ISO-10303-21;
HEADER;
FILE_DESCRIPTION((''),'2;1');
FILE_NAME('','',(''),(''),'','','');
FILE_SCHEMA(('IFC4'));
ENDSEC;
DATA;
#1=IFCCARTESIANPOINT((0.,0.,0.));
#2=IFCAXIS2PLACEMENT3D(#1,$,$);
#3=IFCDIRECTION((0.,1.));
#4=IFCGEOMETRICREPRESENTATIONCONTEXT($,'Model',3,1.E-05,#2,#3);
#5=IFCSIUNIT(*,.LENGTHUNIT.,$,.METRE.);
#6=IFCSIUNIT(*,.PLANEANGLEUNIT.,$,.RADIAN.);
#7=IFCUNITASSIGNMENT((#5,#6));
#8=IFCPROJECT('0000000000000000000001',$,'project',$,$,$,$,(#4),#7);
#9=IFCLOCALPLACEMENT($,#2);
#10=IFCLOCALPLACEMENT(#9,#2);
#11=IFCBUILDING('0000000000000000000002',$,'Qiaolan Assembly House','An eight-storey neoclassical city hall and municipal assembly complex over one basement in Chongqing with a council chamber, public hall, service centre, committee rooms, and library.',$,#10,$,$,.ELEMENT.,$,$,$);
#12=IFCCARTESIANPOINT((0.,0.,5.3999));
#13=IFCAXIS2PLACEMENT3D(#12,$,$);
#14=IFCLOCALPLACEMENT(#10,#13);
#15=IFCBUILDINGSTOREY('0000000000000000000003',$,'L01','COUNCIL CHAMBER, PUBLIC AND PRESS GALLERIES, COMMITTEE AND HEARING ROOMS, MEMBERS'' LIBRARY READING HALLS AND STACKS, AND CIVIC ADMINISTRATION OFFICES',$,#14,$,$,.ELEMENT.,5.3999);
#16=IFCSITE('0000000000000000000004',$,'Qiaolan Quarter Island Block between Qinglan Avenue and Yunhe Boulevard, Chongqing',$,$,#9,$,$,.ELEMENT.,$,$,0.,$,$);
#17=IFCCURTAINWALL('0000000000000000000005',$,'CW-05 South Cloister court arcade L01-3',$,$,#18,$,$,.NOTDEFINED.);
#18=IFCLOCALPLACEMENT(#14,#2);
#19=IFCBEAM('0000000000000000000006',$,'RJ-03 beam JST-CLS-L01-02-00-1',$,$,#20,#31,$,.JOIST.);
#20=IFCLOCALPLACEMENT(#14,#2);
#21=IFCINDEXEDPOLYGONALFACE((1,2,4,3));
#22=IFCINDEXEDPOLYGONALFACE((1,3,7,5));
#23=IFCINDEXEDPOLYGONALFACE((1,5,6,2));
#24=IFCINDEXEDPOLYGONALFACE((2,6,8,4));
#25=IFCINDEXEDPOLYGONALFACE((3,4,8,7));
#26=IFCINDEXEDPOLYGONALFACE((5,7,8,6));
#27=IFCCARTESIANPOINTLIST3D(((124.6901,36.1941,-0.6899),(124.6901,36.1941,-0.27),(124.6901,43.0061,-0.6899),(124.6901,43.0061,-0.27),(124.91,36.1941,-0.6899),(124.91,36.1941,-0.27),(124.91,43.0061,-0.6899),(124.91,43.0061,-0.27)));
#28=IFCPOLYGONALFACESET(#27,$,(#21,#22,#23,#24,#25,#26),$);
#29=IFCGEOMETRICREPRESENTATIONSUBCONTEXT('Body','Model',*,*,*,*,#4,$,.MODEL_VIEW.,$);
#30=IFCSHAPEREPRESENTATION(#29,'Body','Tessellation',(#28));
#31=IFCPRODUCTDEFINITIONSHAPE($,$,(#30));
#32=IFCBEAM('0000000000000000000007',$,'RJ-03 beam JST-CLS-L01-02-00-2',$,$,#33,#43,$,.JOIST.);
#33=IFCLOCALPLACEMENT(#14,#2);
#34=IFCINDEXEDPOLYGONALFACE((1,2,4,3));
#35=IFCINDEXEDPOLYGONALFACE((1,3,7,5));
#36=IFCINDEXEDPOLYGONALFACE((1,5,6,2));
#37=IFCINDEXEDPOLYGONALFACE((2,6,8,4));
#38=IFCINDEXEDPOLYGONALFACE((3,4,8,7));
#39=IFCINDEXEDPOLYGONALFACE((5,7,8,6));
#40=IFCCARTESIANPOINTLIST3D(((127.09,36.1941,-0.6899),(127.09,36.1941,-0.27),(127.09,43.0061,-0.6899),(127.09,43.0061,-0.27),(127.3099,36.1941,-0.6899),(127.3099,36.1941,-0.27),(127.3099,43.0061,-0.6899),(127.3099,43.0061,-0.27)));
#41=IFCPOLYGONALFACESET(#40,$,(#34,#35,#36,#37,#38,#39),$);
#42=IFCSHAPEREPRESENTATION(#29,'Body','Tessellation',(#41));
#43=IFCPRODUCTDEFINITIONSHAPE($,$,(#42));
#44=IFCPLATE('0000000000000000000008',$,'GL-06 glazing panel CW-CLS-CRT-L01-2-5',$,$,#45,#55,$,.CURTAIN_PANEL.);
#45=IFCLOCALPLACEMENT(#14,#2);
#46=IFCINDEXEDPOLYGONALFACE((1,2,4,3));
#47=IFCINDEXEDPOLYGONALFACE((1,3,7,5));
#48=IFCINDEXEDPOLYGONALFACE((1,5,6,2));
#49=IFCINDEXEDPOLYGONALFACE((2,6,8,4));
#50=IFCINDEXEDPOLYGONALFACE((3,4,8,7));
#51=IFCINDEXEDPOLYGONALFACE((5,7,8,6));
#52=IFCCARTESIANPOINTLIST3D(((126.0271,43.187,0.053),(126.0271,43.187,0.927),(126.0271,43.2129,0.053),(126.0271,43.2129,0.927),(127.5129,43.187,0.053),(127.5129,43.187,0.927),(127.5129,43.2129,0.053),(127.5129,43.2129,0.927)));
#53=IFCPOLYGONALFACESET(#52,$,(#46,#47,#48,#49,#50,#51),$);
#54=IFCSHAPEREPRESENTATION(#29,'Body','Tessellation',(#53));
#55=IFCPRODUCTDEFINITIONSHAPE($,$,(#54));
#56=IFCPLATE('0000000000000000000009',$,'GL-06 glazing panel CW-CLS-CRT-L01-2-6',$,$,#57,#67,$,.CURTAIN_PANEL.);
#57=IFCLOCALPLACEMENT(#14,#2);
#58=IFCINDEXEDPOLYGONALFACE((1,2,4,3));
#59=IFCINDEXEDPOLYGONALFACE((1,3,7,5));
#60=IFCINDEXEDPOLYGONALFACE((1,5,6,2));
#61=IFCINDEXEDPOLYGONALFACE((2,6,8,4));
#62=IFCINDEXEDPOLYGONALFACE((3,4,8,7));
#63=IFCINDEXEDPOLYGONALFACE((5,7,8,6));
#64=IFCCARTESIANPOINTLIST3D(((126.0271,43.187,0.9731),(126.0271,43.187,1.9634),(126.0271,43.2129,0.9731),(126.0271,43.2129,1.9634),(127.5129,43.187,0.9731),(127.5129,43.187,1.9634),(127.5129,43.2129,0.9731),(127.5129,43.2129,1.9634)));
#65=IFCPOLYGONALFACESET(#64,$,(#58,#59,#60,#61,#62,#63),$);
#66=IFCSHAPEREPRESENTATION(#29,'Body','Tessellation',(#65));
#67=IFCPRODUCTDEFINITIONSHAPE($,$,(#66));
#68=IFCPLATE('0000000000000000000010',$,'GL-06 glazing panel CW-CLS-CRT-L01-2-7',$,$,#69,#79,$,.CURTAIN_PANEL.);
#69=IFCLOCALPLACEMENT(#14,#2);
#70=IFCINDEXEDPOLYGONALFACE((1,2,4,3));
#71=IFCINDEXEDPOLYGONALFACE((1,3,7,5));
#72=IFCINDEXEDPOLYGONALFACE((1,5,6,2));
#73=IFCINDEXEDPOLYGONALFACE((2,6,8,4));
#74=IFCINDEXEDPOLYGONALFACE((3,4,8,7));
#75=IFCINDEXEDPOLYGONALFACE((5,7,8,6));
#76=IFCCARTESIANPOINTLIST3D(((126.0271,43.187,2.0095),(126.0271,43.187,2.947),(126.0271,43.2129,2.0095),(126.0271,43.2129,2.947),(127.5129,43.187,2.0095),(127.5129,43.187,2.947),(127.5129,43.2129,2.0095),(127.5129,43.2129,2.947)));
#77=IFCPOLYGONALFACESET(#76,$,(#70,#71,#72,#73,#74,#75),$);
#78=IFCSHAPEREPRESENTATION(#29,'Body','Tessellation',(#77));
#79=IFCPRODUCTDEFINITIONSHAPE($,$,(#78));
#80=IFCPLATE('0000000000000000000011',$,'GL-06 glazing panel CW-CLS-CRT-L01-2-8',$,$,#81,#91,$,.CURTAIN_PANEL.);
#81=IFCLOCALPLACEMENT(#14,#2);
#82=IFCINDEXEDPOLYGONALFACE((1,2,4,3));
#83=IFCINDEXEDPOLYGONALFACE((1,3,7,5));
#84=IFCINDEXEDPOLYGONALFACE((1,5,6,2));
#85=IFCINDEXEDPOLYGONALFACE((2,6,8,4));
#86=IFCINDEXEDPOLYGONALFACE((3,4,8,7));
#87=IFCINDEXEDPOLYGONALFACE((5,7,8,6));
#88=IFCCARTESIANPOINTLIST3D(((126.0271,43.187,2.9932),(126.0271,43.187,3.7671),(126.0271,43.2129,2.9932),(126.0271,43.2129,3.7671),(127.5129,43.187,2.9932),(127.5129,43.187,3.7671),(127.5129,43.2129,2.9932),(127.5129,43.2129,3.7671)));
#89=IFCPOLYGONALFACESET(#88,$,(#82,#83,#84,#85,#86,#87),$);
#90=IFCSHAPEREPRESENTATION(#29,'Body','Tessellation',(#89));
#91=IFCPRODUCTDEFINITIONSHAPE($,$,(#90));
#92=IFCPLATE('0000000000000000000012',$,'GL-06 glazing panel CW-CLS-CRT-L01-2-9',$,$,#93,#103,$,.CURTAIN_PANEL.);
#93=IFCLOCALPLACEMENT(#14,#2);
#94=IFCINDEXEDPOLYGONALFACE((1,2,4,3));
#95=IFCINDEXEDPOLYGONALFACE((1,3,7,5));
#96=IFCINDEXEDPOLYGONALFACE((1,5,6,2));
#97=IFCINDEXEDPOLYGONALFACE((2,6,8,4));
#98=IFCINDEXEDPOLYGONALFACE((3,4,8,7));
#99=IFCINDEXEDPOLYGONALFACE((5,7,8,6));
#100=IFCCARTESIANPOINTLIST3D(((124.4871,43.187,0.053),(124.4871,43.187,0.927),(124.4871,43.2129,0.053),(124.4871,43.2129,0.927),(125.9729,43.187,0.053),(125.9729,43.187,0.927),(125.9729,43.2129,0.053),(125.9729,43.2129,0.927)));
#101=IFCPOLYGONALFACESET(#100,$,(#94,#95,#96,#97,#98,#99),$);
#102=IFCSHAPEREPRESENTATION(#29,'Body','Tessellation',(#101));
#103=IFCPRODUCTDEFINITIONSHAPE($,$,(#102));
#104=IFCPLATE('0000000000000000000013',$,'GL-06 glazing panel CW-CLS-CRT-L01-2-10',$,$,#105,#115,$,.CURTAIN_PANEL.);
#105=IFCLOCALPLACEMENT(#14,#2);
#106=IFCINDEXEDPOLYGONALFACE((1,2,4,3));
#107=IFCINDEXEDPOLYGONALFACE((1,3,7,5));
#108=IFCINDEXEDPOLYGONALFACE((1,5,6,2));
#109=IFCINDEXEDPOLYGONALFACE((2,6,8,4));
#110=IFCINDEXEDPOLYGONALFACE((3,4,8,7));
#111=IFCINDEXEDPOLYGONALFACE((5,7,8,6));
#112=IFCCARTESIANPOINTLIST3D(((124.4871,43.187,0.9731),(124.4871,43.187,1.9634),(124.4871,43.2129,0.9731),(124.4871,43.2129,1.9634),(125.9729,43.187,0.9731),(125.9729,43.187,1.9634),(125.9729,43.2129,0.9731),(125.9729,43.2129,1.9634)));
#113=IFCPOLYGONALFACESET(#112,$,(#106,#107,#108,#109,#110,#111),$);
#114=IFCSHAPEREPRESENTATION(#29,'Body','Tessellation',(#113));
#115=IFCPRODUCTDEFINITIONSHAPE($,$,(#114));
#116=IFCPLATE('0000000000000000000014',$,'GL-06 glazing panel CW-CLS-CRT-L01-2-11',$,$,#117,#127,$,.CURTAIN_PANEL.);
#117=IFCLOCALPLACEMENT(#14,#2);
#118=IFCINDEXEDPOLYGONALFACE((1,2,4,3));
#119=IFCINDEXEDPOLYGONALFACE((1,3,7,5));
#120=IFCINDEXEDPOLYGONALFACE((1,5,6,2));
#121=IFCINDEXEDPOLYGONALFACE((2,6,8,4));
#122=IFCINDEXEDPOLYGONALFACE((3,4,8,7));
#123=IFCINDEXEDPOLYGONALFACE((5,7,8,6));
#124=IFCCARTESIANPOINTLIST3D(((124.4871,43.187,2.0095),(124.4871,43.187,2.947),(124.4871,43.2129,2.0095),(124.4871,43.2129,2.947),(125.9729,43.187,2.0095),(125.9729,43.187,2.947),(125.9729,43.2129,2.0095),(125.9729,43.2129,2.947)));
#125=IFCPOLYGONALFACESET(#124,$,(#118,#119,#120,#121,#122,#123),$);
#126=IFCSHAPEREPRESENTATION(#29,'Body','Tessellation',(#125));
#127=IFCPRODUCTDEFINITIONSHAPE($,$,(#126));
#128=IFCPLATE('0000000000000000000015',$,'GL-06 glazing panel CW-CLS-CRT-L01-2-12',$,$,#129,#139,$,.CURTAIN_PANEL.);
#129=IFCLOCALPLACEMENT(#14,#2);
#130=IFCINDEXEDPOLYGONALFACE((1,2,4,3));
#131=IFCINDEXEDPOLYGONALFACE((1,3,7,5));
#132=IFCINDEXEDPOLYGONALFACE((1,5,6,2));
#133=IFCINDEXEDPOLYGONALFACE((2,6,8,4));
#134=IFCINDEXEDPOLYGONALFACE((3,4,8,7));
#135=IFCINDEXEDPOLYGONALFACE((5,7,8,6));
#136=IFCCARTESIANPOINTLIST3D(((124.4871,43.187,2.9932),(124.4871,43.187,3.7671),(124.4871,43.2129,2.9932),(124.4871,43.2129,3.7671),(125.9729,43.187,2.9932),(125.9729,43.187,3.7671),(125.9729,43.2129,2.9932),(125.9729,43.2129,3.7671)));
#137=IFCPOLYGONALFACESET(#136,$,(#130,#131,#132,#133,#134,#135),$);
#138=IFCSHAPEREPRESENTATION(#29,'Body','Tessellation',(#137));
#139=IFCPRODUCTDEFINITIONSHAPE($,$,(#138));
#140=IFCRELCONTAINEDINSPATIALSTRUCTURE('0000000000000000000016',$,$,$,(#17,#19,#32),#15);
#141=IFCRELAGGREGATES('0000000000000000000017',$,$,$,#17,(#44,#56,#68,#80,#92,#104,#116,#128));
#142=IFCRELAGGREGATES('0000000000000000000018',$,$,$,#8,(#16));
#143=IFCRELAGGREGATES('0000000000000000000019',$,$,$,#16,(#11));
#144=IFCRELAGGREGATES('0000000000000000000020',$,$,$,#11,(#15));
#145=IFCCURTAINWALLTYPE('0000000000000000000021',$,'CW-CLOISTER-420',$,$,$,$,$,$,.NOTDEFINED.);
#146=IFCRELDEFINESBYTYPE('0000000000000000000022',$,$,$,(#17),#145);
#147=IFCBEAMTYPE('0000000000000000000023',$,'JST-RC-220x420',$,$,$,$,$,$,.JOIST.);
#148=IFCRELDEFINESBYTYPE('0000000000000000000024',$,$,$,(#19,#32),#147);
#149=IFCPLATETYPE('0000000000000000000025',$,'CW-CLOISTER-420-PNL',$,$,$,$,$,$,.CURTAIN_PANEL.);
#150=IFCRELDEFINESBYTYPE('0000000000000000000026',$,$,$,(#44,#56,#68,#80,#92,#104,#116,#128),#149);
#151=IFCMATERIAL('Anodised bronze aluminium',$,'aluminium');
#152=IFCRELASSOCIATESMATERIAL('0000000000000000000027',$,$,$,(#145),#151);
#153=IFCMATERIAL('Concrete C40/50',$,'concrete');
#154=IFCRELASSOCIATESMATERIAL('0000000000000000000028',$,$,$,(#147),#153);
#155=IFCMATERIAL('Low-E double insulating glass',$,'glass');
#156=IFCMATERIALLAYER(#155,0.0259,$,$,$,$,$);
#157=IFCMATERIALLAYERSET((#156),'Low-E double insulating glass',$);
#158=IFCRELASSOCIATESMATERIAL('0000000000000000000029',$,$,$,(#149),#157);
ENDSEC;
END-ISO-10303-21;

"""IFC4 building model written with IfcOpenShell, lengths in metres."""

from ifc_helpers import new_model, si_unit, direction, frame, frame_2d, origin, origin_2d, place, context, subcontext, project, spatial, rectangle, extrude, material, layer, layer_set, material_profile, profile_set, type_object, element, aggregate, save


model = new_model("IFC4")

# Units and contexts
model_context = context("Model", 3, precision=1e-05, world=origin(), true_north=direction((0.0, 1.0)))
body_context = subcontext(model_context, "Body", "Model", "MODEL_VIEW")
ifc_project = project(units=[si_unit("LENGTHUNIT", "METRE"), si_unit("PLANEANGLEUNIT", "RADIAN")], contexts=[model_context])

# Site, building, storey
site_placement = place(None, origin())
site = spatial("IfcSite", under=ifc_project, at=site_placement, Name="Qiaolan Quarter Island Block between Qinglan Avenue and Yunhe Boulevard, Chongqing", CompositionType="ELEMENT", RefElevation=0.0)
building_placement = place(site_placement, origin())
building = spatial("IfcBuilding", under=site, at=building_placement, Name="Qiaolan Assembly House", Description="An eight-storey neoclassical city hall and municipal assembly complex over one basement in Chongqing with a council chamber, public hall, service centre, committee rooms, and library.", CompositionType="ELEMENT")
storey_placement = place(building_placement, frame((0.0, 0.0, 5.3999)))
storey = spatial("IfcBuildingStorey", under=building, at=storey_placement, Name="L01", Description="COUNCIL CHAMBER, PUBLIC AND PRESS GALLERIES, COMMITTEE AND HEARING ROOMS, MEMBERS' LIBRARY READING HALLS AND STACKS, AND CIVIC ADMINISTRATION OFFICES", CompositionType="ELEMENT", Elevation=5.3999)

# Curtain wall
ifc_material_1 = material(Name="Anodised bronze aluminium", Category="aluminium")
curtain_wall_type = type_object("IfcCurtainWallType", Name="CW-CLOISTER-420", PredefinedType="NOTDEFINED", material=ifc_material_1)
curtain_wall_1_placement = place(storey_placement, origin())
curtain_wall_1 = element("IfcCurtainWall", 1, at=curtain_wall_1_placement, inside=storey, type_object=curtain_wall_type, Name="CW-05 South Cloister court arcade L01-3", PredefinedType="NOTDEFINED")

# Beams
ifc_material_2 = material(Name="Concrete C40/50", Category="concrete")
ifc_material_profile_1 = material_profile(ifc_material_2, rectangle(XDim=0.22, YDim=0.4199, at=origin_2d()), Name="RCB 220x420")
ifc_profile_set_1 = profile_set([ifc_material_profile_1], Name="Concrete C40/50")
beam_type = type_object("IfcBeamType", Name="JST-RC-220x420", PredefinedType="JOIST", material=ifc_profile_set_1)
for number, where, z_axis, x_axis, name in (
    (2, (124.8, 36.1941, -0.48), (0.0, 1.0, 0.0), (-1.0, 0.0, 0.0), "RJ-03 beam JST-CLS-L01-02-00-1"),
    (3, (127.2, 36.1941, -0.48), (0.0, 1.0, 0.0), (-1.0, 0.0, 0.0), "RJ-03 beam JST-CLS-L01-02-00-2"),
):
    element("IfcBeam", number, at=place(storey_placement, frame(where, z_axis=z_axis, x_axis=x_axis)), inside=storey, type_object=beam_type, Name=name, PredefinedType="JOIST", context=body_context, shape_type="SweptSolid", body=[
        extrude(rectangle(XDim=0.22, YDim=0.4199, at=origin_2d()), origin(), (0.0, 0.0, 1.0), 6.812),
    ])

# Plates
ifc_material_3 = material(Name="Low-E double insulating glass", Category="glass")
ifc_layer = layer(ifc_material_3, 0.0259)
ifc_layer_set = layer_set([ifc_layer], Name="Low-E double insulating glass")
plate_type = type_object("IfcPlateType", Name="CW-CLOISTER-420-PNL", PredefinedType="CURTAIN_PANEL", material=ifc_layer_set)
plate_1_placement = place(storey_placement, frame((127.5129, 43.2, 0.053), z_axis=(0.0, 0.0, 1.0), x_axis=(-1.0, 0.0, 0.0)))
plate_1 = element("IfcPlate", 4, at=plate_1_placement, type_object=plate_type, Name="GL-06 glazing panel CW-CLS-CRT-L01-2-5", PredefinedType="CURTAIN_PANEL", context=body_context, shape_type="SweptSolid", body=[
    extrude(rectangle(XDim=1.4858, YDim=0.0259, at=frame_2d((0.7429, 0.0))), origin(), (0.0, 0.0, 1.0), 0.874),
])
plate_2_placement = place(storey_placement, frame((127.5129, 43.2, 0.9731), z_axis=(0.0, 0.0, 1.0), x_axis=(-1.0, 0.0, 0.0)))
plate_2 = element("IfcPlate", 5, at=plate_2_placement, type_object=plate_type, Name="GL-06 glazing panel CW-CLS-CRT-L01-2-6", PredefinedType="CURTAIN_PANEL", context=body_context, shape_type="SweptSolid", body=[
    extrude(rectangle(XDim=1.4858, YDim=0.0259, at=frame_2d((0.7429, 0.0))), origin(), (0.0, 0.0, 1.0), 0.9902),
])
plate_3_placement = place(storey_placement, frame((127.5129, 43.2, 2.0095), z_axis=(0.0, 0.0, 1.0), x_axis=(-1.0, 0.0, 0.0)))
plate_3 = element("IfcPlate", 6, at=plate_3_placement, type_object=plate_type, Name="GL-06 glazing panel CW-CLS-CRT-L01-2-7", PredefinedType="CURTAIN_PANEL", context=body_context, shape_type="SweptSolid", body=[
    extrude(rectangle(XDim=1.4858, YDim=0.0259, at=frame_2d((0.7429, 0.0))), origin(), (0.0, 0.0, 1.0), 0.9375),
])
plate_4_placement = place(storey_placement, frame((127.5129, 43.2, 2.9932), z_axis=(0.0, 0.0, 1.0), x_axis=(-1.0, 0.0, 0.0)))
plate_4 = element("IfcPlate", 7, at=plate_4_placement, type_object=plate_type, Name="GL-06 glazing panel CW-CLS-CRT-L01-2-8", PredefinedType="CURTAIN_PANEL", context=body_context, shape_type="SweptSolid", body=[
    extrude(rectangle(XDim=1.4858, YDim=0.0259, at=frame_2d((0.7429, 0.0))), origin(), (0.0, 0.0, 1.0), 0.7739),
])
plate_5_placement = place(storey_placement, frame((125.9729, 43.2, 0.053), z_axis=(0.0, 0.0, 1.0), x_axis=(-1.0, 0.0, 0.0)))
plate_5 = element("IfcPlate", 8, at=plate_5_placement, type_object=plate_type, Name="GL-06 glazing panel CW-CLS-CRT-L01-2-9", PredefinedType="CURTAIN_PANEL", context=body_context, shape_type="SweptSolid", body=[
    extrude(rectangle(XDim=1.4858, YDim=0.0259, at=frame_2d((0.7429, 0.0))), origin(), (0.0, 0.0, 1.0), 0.874),
])
plate_6_placement = place(storey_placement, frame((125.9729, 43.2, 0.9731), z_axis=(0.0, 0.0, 1.0), x_axis=(-1.0, 0.0, 0.0)))
plate_6 = element("IfcPlate", 9, at=plate_6_placement, type_object=plate_type, Name="GL-06 glazing panel CW-CLS-CRT-L01-2-10", PredefinedType="CURTAIN_PANEL", context=body_context, shape_type="SweptSolid", body=[
    extrude(rectangle(XDim=1.4858, YDim=0.0259, at=frame_2d((0.7429, 0.0))), origin(), (0.0, 0.0, 1.0), 0.9902),
])
plate_7_placement = place(storey_placement, frame((125.9729, 43.2, 2.0095), z_axis=(0.0, 0.0, 1.0), x_axis=(-1.0, 0.0, 0.0)))
plate_7 = element("IfcPlate", 10, at=plate_7_placement, type_object=plate_type, Name="GL-06 glazing panel CW-CLS-CRT-L01-2-11", PredefinedType="CURTAIN_PANEL", context=body_context, shape_type="SweptSolid", body=[
    extrude(rectangle(XDim=1.4858, YDim=0.0259, at=frame_2d((0.7429, 0.0))), origin(), (0.0, 0.0, 1.0), 0.9375),
])
plate_8_placement = place(storey_placement, frame((125.9729, 43.2, 2.9932), z_axis=(0.0, 0.0, 1.0), x_axis=(-1.0, 0.0, 0.0)))
plate_8 = element("IfcPlate", 11, at=plate_8_placement, type_object=plate_type, Name="GL-06 glazing panel CW-CLS-CRT-L01-2-12", PredefinedType="CURTAIN_PANEL", context=body_context, shape_type="SweptSolid", body=[
    extrude(rectangle(XDim=1.4858, YDim=0.0259, at=frame_2d((0.7429, 0.0))), origin(), (0.0, 0.0, 1.0), 0.7739),
])
aggregate(curtain_wall_1, [plate_1, plate_2, plate_3, plate_4, plate_5, plate_6, plate_7, plate_8])

save(model, "model.ifc")
